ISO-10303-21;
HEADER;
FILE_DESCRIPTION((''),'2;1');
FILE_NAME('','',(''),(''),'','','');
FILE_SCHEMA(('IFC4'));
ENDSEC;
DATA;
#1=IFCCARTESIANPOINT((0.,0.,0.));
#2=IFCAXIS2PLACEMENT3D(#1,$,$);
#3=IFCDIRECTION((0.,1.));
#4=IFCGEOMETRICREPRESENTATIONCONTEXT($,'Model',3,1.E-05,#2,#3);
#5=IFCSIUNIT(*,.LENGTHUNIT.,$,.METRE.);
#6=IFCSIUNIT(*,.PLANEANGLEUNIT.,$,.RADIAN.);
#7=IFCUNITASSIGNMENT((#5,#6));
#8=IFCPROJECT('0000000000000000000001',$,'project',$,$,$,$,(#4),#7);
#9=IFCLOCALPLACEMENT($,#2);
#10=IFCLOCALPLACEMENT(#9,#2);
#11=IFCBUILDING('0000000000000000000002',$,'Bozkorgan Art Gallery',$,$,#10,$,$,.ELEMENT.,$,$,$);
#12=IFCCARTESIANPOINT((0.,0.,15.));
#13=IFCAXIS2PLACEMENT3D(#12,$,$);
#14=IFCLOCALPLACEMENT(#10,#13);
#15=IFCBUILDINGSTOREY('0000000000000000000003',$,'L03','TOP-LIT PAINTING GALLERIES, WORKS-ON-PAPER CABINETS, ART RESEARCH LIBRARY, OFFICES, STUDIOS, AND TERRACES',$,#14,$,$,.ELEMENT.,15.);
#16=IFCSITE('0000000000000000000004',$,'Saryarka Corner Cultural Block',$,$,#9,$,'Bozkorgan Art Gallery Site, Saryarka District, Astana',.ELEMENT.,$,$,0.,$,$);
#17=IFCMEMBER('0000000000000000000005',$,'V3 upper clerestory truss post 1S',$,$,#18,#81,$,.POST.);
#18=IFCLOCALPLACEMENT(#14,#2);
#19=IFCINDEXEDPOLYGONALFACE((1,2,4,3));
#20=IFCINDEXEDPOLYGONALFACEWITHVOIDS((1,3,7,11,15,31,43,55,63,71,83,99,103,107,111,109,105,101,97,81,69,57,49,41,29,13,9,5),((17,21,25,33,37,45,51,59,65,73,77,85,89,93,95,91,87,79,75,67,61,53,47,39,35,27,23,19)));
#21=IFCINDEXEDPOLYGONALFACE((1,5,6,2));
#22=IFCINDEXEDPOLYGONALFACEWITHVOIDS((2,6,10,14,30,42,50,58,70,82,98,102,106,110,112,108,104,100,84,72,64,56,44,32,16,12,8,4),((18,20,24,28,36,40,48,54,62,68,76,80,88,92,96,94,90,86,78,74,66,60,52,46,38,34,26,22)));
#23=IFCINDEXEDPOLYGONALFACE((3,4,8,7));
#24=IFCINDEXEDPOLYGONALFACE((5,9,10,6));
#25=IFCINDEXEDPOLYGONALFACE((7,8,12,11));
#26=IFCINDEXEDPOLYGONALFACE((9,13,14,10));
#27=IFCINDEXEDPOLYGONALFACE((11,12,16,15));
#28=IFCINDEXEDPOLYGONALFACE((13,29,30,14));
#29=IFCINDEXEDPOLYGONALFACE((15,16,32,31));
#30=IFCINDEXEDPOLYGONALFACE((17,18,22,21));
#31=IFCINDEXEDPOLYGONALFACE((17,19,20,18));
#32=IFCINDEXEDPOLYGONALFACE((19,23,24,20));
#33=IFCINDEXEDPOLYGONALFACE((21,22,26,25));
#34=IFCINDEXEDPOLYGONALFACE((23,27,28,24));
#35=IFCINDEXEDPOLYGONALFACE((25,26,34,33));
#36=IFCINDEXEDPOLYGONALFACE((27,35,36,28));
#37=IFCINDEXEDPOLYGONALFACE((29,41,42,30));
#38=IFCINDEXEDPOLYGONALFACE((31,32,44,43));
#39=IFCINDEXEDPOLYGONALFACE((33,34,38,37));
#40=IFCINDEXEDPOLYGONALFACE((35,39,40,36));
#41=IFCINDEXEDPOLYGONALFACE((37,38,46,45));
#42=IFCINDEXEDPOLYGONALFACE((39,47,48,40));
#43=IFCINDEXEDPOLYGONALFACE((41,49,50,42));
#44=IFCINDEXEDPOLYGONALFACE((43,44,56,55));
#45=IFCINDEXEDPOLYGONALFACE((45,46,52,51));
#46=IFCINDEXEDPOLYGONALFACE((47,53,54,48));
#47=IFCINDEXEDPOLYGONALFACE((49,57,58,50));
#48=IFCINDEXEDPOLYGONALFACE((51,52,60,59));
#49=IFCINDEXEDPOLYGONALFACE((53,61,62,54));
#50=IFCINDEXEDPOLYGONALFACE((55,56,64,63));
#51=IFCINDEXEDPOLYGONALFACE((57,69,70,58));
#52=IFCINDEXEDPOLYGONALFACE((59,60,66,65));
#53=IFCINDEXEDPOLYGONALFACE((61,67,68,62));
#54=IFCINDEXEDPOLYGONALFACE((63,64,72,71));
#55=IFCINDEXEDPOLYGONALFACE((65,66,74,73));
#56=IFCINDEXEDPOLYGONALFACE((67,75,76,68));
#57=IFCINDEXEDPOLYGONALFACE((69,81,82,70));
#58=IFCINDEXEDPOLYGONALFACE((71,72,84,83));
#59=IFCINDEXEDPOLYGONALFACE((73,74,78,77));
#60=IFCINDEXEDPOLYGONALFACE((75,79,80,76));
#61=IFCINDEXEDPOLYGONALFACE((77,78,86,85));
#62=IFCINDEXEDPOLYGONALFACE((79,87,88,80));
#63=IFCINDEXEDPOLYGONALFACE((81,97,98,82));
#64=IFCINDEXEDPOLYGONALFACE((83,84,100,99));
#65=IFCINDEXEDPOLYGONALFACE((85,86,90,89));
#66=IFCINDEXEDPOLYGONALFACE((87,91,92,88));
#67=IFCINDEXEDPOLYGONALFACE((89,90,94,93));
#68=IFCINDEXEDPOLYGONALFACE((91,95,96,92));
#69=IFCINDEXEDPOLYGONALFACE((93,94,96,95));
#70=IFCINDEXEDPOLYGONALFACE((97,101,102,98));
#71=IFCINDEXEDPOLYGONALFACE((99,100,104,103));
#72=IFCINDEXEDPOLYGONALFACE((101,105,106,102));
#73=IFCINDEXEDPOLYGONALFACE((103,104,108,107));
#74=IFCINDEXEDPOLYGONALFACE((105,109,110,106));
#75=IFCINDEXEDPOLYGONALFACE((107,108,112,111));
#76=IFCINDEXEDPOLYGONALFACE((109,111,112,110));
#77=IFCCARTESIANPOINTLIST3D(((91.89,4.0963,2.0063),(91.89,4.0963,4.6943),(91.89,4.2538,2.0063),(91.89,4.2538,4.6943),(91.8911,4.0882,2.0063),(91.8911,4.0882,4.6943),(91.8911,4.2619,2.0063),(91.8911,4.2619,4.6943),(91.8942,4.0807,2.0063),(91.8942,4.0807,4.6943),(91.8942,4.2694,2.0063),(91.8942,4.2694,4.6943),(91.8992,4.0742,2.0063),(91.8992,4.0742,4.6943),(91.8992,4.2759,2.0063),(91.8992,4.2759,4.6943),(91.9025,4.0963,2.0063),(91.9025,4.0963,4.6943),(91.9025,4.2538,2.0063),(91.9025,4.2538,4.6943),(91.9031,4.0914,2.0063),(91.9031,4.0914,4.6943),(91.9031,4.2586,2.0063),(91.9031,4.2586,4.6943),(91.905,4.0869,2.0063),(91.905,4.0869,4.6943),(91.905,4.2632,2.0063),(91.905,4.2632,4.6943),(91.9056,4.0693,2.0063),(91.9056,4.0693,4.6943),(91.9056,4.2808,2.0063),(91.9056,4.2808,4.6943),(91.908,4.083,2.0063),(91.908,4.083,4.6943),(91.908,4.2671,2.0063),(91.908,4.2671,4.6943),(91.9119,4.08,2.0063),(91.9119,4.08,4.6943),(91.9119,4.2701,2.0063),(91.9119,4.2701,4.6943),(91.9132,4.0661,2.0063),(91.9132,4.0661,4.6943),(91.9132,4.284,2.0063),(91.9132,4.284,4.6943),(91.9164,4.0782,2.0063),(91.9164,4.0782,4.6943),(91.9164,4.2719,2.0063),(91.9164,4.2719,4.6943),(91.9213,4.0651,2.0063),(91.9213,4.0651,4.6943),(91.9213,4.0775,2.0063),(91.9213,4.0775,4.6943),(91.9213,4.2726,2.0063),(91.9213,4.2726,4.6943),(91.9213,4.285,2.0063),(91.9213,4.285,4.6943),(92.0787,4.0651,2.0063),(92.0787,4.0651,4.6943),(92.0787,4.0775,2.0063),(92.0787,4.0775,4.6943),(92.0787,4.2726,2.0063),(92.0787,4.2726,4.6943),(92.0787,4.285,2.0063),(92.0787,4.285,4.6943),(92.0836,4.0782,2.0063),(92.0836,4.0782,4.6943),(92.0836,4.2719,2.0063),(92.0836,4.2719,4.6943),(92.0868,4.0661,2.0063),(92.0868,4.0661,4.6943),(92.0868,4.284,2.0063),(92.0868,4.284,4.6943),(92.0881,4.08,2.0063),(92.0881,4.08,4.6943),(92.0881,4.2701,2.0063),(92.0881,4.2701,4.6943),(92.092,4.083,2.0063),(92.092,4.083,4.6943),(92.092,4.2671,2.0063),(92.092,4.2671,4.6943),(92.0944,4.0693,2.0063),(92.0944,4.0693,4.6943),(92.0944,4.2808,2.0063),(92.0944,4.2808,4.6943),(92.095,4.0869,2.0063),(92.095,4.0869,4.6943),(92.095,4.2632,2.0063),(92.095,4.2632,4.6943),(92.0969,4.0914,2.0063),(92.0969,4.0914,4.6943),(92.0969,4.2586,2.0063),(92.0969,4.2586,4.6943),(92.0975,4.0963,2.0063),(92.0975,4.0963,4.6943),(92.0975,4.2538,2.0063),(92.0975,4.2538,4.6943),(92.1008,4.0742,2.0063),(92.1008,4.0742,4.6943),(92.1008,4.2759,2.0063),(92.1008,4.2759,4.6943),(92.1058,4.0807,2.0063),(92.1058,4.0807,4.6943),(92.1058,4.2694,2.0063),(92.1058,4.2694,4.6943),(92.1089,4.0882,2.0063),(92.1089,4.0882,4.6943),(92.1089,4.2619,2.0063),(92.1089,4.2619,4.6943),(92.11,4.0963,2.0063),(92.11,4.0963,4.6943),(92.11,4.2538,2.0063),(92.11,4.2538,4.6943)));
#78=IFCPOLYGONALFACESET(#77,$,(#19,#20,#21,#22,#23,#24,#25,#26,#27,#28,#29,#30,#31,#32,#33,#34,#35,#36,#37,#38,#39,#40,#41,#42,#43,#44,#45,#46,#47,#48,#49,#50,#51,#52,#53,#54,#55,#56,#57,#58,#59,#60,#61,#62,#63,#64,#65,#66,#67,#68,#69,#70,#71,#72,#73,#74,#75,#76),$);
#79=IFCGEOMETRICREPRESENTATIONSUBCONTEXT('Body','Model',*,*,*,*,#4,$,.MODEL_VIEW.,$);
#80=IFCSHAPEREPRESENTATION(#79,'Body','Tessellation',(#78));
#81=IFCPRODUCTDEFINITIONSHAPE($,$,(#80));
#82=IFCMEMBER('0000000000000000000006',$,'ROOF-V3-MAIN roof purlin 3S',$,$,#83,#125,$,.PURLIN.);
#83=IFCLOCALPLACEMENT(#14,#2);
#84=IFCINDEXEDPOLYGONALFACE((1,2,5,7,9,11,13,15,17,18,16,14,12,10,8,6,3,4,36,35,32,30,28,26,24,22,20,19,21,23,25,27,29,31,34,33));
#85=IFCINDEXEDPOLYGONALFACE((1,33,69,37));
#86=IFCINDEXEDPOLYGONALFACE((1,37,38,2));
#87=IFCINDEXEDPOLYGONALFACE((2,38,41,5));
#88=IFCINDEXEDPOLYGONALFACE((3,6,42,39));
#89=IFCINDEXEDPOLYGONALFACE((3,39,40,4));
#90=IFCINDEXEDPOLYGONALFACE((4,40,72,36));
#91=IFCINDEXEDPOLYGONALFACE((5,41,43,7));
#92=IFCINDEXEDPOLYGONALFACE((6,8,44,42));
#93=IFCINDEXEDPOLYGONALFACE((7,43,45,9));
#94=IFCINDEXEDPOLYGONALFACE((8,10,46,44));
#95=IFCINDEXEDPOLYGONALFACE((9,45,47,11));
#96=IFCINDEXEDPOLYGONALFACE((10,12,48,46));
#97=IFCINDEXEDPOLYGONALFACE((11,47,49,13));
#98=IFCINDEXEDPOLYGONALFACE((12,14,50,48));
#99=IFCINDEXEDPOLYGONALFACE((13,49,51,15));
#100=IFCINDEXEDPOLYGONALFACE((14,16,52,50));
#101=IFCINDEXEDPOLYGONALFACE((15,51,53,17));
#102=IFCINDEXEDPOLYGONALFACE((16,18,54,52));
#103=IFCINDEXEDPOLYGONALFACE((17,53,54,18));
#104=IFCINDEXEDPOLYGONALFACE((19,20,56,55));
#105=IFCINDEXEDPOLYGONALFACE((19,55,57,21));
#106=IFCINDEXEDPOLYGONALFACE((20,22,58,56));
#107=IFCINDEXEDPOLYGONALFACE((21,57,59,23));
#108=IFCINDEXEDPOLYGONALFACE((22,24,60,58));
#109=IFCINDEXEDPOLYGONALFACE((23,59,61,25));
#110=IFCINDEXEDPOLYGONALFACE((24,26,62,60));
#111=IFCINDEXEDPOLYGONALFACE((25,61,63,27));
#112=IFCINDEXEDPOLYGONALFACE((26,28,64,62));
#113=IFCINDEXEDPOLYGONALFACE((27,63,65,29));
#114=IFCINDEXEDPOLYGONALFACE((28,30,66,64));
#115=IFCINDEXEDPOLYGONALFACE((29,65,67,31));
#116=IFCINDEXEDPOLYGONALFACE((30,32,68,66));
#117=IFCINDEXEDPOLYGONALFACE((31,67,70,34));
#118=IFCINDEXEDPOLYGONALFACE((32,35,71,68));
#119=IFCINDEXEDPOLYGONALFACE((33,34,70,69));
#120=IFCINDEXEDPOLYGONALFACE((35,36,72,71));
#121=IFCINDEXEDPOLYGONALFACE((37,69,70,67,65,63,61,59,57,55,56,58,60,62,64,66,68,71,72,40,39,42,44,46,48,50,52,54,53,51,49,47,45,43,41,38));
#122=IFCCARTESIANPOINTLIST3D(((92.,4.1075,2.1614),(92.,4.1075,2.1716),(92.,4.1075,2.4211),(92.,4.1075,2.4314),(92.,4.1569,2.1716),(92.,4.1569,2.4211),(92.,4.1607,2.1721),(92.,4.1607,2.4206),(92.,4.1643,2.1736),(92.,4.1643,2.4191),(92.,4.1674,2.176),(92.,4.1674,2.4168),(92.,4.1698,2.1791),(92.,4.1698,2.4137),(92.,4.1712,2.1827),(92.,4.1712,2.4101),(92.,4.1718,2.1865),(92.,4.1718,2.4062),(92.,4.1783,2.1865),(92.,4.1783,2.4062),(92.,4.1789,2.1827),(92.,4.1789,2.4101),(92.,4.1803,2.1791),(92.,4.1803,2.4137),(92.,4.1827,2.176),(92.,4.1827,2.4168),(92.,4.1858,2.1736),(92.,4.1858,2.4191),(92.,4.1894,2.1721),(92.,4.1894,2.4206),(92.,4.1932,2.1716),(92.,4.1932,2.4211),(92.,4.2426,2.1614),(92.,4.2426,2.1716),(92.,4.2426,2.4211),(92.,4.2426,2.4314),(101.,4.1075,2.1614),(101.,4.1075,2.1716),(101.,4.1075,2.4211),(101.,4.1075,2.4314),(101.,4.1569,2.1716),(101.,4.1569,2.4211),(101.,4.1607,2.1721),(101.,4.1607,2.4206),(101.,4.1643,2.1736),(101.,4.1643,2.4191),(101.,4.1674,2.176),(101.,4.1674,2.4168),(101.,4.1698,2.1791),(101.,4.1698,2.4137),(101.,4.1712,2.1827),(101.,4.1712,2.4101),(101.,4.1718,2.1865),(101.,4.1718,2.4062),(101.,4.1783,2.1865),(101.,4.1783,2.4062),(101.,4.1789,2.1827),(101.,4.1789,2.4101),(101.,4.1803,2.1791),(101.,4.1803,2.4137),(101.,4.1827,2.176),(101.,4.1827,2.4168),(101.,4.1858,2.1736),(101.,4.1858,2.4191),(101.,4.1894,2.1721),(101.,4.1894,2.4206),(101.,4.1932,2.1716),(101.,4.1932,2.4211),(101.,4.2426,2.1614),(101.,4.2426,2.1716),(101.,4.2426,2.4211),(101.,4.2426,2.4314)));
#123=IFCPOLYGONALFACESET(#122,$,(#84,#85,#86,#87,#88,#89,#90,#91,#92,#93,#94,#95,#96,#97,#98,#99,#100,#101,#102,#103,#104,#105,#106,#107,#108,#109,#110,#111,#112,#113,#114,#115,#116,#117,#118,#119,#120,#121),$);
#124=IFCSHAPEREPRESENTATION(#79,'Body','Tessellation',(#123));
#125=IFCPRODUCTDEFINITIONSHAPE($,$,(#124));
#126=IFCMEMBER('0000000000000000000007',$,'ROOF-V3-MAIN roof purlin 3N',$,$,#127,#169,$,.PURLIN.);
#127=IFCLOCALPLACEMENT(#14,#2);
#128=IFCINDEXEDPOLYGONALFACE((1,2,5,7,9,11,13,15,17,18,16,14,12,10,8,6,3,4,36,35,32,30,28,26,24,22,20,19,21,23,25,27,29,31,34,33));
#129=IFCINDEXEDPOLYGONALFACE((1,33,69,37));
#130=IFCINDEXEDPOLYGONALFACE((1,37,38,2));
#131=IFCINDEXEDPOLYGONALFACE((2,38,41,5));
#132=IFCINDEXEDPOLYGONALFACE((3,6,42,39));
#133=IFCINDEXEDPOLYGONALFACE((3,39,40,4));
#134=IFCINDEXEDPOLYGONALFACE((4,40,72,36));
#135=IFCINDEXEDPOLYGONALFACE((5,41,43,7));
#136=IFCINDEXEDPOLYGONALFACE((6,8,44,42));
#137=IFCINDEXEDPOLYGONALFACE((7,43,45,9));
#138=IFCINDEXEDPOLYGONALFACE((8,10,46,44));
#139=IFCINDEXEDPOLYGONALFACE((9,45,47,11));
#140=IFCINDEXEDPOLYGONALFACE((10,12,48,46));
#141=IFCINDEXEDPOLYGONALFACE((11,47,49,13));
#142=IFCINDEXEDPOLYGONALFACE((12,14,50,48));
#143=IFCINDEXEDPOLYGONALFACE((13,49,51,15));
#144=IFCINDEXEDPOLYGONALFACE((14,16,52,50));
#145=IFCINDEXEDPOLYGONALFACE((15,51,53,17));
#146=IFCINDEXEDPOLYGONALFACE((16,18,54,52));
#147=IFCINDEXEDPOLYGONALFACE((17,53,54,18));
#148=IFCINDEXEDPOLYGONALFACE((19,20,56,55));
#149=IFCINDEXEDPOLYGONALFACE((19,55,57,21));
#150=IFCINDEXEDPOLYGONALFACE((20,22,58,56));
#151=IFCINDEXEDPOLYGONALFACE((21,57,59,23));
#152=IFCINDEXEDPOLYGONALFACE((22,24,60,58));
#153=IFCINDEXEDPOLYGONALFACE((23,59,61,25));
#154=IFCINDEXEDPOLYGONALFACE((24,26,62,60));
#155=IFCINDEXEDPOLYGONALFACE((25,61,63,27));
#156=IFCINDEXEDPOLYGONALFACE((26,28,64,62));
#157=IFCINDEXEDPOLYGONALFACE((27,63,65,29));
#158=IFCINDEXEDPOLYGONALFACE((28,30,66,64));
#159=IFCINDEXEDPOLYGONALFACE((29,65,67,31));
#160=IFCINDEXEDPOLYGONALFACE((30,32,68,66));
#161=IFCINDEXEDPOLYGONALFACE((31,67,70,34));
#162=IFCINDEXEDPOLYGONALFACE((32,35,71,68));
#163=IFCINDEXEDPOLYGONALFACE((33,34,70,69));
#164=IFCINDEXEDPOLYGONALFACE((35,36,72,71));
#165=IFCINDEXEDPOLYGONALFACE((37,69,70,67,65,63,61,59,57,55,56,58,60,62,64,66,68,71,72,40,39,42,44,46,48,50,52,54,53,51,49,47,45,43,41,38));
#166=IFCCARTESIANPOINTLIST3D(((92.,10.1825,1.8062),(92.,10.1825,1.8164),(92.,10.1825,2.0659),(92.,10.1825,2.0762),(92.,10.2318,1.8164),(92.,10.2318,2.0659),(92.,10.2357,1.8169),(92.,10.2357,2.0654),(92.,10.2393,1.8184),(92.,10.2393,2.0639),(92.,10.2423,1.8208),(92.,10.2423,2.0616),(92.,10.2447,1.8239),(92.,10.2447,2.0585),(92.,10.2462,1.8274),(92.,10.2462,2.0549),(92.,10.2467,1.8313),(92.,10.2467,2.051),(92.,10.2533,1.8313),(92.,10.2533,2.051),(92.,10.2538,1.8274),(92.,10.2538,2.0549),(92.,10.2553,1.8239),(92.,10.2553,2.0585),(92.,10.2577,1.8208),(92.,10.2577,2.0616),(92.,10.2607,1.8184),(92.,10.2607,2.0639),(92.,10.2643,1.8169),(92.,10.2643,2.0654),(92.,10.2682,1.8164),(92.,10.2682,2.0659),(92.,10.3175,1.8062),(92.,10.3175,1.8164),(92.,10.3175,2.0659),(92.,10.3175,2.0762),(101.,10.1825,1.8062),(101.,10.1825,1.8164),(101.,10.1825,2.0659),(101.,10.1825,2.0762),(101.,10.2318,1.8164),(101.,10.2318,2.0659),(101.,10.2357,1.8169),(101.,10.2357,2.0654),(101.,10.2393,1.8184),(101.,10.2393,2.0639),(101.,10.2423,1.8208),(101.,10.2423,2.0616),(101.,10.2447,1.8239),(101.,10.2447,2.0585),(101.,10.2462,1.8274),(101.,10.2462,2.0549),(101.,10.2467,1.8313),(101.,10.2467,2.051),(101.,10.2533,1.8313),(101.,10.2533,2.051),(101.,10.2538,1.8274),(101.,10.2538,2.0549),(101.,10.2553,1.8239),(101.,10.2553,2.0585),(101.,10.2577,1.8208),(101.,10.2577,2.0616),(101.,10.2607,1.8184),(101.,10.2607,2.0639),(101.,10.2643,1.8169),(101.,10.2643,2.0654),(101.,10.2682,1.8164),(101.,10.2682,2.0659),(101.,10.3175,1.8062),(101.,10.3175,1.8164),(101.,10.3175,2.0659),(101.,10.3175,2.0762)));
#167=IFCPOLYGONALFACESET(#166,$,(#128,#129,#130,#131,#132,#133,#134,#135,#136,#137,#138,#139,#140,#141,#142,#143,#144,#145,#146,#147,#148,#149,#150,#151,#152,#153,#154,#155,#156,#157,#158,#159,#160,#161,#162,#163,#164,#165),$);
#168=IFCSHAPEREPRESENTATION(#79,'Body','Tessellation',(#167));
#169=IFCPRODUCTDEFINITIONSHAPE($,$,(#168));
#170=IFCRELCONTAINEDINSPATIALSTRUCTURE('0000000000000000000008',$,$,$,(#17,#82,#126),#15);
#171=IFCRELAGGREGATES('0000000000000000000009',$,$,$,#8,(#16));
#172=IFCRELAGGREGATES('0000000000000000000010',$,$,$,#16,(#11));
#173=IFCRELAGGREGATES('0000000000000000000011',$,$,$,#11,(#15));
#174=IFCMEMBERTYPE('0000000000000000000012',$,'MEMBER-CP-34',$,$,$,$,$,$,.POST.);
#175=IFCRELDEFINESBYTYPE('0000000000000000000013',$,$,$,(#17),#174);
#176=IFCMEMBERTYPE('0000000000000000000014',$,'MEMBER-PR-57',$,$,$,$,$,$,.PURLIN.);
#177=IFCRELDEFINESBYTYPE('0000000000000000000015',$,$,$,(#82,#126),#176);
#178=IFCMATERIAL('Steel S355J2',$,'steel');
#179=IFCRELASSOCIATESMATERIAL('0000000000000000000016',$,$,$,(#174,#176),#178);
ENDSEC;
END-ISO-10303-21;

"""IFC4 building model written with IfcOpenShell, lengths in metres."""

from ifc_helpers import new_model, si_unit, direction, frame, origin, origin_2d, place, context, subcontext, project, spatial, hollow_rectangle, i_section, extrude, material, material_profile, profile_set, type_object, element, save


model = new_model("IFC4")

# Units and contexts
model_context = context("Model", 3, precision=1e-05, world=origin(), true_north=direction((0.0, 1.0)))
body_context = subcontext(model_context, "Body", "Model", "MODEL_VIEW")
ifc_project = project(units=[si_unit("LENGTHUNIT", "METRE"), si_unit("PLANEANGLEUNIT", "RADIAN")], contexts=[model_context])

# Site, building, storey
site_placement = place(None, origin())
site = spatial("IfcSite", under=ifc_project, at=site_placement, Name="Saryarka Corner Cultural Block", LongName="Bozkorgan Art Gallery Site, Saryarka District, Astana", CompositionType="ELEMENT", RefElevation=0.0)
building_placement = place(site_placement, origin())
building = spatial("IfcBuilding", under=site, at=building_placement, Name="Bozkorgan Art Gallery", CompositionType="ELEMENT")
storey_placement = place(building_placement, frame((0.0, 0.0, 15.0)))
storey = spatial("IfcBuildingStorey", under=building, at=storey_placement, Name="L03", Description="TOP-LIT PAINTING GALLERIES, WORKS-ON-PAPER CABINETS, ART RESEARCH LIBRARY, OFFICES, STUDIOS, AND TERRACES", CompositionType="ELEMENT", Elevation=15.0)

# Shared definitions
ifc_material_1 = material(Name="Steel S355J2", Category="steel")

# Members
ifc_material_profile_1 = material_profile(ifc_material_1, hollow_rectangle(XDim=0.22, YDim=0.22, WallThickness=0.0125, InnerFilletRadius=0.0188, OuterFilletRadius=0.0312, at=origin_2d()), Name="SHS 220x220x12.5")
ifc_profile_set_1 = profile_set([ifc_material_profile_1], Name="Steel S355J2")
member_type_1 = type_object("IfcMemberType", Name="MEMBER-CP-34", PredefinedType="POST", material=ifc_profile_set_1)
member_1_placement = place(storey_placement, frame((92.0, 4.175, 2.0063), z_axis=(0.0, 0.0, 1.0), x_axis=(1.0, 0.0, 0.0)))
element("IfcMember", 1, at=member_1_placement, inside=storey, type_object=member_type_1, Name="V3 upper clerestory truss post 1S", PredefinedType="POST", context=body_context, shape_type="SweptSolid", body=[
    extrude(hollow_rectangle(XDim=0.22, YDim=0.22, WallThickness=0.0125, InnerFilletRadius=0.0188, OuterFilletRadius=0.0312, at=origin_2d()), origin(), (0.0, 0.0, 1.0), 2.688),
])
ifc_material_profile_2 = material_profile(ifc_material_1, i_section(OverallWidth=0.135, OverallDepth=0.27, WebThickness=0.0066, FlangeThickness=0.0103, FilletRadius=0.0149, at=origin_2d()), Name="IPE 270")
ifc_profile_set_2 = profile_set([ifc_material_profile_2], Name="Steel S355J2")
member_type_2 = type_object("IfcMemberType", Name="MEMBER-PR-57", PredefinedType="PURLIN", material=ifc_profile_set_2)
for number, where, z_axis, x_axis, name in (
    (2, (92.0, 4.175, 2.2964), (1.0, 0.0, 0.0), (0.0, 1.0, 0.0), "ROOF-V3-MAIN roof purlin 3S"),
    (3, (92.0, 10.25, 1.9412), (1.0, 0.0, 0.0), (0.0, 1.0, 0.0), "ROOF-V3-MAIN roof purlin 3N"),
):
    element("IfcMember", number, at=place(storey_placement, frame(where, z_axis=z_axis, x_axis=x_axis)), inside=storey, type_object=member_type_2, Name=name, PredefinedType="PURLIN", context=body_context, shape_type="SweptSolid", body=[
        extrude(i_section(OverallWidth=0.135, OverallDepth=0.27, WebThickness=0.0066, FlangeThickness=0.0103, FilletRadius=0.0149, at=origin_2d()), origin(), (0.0, 0.0, 1.0), 9.0),
    ])

save(model, "model.ifc")
